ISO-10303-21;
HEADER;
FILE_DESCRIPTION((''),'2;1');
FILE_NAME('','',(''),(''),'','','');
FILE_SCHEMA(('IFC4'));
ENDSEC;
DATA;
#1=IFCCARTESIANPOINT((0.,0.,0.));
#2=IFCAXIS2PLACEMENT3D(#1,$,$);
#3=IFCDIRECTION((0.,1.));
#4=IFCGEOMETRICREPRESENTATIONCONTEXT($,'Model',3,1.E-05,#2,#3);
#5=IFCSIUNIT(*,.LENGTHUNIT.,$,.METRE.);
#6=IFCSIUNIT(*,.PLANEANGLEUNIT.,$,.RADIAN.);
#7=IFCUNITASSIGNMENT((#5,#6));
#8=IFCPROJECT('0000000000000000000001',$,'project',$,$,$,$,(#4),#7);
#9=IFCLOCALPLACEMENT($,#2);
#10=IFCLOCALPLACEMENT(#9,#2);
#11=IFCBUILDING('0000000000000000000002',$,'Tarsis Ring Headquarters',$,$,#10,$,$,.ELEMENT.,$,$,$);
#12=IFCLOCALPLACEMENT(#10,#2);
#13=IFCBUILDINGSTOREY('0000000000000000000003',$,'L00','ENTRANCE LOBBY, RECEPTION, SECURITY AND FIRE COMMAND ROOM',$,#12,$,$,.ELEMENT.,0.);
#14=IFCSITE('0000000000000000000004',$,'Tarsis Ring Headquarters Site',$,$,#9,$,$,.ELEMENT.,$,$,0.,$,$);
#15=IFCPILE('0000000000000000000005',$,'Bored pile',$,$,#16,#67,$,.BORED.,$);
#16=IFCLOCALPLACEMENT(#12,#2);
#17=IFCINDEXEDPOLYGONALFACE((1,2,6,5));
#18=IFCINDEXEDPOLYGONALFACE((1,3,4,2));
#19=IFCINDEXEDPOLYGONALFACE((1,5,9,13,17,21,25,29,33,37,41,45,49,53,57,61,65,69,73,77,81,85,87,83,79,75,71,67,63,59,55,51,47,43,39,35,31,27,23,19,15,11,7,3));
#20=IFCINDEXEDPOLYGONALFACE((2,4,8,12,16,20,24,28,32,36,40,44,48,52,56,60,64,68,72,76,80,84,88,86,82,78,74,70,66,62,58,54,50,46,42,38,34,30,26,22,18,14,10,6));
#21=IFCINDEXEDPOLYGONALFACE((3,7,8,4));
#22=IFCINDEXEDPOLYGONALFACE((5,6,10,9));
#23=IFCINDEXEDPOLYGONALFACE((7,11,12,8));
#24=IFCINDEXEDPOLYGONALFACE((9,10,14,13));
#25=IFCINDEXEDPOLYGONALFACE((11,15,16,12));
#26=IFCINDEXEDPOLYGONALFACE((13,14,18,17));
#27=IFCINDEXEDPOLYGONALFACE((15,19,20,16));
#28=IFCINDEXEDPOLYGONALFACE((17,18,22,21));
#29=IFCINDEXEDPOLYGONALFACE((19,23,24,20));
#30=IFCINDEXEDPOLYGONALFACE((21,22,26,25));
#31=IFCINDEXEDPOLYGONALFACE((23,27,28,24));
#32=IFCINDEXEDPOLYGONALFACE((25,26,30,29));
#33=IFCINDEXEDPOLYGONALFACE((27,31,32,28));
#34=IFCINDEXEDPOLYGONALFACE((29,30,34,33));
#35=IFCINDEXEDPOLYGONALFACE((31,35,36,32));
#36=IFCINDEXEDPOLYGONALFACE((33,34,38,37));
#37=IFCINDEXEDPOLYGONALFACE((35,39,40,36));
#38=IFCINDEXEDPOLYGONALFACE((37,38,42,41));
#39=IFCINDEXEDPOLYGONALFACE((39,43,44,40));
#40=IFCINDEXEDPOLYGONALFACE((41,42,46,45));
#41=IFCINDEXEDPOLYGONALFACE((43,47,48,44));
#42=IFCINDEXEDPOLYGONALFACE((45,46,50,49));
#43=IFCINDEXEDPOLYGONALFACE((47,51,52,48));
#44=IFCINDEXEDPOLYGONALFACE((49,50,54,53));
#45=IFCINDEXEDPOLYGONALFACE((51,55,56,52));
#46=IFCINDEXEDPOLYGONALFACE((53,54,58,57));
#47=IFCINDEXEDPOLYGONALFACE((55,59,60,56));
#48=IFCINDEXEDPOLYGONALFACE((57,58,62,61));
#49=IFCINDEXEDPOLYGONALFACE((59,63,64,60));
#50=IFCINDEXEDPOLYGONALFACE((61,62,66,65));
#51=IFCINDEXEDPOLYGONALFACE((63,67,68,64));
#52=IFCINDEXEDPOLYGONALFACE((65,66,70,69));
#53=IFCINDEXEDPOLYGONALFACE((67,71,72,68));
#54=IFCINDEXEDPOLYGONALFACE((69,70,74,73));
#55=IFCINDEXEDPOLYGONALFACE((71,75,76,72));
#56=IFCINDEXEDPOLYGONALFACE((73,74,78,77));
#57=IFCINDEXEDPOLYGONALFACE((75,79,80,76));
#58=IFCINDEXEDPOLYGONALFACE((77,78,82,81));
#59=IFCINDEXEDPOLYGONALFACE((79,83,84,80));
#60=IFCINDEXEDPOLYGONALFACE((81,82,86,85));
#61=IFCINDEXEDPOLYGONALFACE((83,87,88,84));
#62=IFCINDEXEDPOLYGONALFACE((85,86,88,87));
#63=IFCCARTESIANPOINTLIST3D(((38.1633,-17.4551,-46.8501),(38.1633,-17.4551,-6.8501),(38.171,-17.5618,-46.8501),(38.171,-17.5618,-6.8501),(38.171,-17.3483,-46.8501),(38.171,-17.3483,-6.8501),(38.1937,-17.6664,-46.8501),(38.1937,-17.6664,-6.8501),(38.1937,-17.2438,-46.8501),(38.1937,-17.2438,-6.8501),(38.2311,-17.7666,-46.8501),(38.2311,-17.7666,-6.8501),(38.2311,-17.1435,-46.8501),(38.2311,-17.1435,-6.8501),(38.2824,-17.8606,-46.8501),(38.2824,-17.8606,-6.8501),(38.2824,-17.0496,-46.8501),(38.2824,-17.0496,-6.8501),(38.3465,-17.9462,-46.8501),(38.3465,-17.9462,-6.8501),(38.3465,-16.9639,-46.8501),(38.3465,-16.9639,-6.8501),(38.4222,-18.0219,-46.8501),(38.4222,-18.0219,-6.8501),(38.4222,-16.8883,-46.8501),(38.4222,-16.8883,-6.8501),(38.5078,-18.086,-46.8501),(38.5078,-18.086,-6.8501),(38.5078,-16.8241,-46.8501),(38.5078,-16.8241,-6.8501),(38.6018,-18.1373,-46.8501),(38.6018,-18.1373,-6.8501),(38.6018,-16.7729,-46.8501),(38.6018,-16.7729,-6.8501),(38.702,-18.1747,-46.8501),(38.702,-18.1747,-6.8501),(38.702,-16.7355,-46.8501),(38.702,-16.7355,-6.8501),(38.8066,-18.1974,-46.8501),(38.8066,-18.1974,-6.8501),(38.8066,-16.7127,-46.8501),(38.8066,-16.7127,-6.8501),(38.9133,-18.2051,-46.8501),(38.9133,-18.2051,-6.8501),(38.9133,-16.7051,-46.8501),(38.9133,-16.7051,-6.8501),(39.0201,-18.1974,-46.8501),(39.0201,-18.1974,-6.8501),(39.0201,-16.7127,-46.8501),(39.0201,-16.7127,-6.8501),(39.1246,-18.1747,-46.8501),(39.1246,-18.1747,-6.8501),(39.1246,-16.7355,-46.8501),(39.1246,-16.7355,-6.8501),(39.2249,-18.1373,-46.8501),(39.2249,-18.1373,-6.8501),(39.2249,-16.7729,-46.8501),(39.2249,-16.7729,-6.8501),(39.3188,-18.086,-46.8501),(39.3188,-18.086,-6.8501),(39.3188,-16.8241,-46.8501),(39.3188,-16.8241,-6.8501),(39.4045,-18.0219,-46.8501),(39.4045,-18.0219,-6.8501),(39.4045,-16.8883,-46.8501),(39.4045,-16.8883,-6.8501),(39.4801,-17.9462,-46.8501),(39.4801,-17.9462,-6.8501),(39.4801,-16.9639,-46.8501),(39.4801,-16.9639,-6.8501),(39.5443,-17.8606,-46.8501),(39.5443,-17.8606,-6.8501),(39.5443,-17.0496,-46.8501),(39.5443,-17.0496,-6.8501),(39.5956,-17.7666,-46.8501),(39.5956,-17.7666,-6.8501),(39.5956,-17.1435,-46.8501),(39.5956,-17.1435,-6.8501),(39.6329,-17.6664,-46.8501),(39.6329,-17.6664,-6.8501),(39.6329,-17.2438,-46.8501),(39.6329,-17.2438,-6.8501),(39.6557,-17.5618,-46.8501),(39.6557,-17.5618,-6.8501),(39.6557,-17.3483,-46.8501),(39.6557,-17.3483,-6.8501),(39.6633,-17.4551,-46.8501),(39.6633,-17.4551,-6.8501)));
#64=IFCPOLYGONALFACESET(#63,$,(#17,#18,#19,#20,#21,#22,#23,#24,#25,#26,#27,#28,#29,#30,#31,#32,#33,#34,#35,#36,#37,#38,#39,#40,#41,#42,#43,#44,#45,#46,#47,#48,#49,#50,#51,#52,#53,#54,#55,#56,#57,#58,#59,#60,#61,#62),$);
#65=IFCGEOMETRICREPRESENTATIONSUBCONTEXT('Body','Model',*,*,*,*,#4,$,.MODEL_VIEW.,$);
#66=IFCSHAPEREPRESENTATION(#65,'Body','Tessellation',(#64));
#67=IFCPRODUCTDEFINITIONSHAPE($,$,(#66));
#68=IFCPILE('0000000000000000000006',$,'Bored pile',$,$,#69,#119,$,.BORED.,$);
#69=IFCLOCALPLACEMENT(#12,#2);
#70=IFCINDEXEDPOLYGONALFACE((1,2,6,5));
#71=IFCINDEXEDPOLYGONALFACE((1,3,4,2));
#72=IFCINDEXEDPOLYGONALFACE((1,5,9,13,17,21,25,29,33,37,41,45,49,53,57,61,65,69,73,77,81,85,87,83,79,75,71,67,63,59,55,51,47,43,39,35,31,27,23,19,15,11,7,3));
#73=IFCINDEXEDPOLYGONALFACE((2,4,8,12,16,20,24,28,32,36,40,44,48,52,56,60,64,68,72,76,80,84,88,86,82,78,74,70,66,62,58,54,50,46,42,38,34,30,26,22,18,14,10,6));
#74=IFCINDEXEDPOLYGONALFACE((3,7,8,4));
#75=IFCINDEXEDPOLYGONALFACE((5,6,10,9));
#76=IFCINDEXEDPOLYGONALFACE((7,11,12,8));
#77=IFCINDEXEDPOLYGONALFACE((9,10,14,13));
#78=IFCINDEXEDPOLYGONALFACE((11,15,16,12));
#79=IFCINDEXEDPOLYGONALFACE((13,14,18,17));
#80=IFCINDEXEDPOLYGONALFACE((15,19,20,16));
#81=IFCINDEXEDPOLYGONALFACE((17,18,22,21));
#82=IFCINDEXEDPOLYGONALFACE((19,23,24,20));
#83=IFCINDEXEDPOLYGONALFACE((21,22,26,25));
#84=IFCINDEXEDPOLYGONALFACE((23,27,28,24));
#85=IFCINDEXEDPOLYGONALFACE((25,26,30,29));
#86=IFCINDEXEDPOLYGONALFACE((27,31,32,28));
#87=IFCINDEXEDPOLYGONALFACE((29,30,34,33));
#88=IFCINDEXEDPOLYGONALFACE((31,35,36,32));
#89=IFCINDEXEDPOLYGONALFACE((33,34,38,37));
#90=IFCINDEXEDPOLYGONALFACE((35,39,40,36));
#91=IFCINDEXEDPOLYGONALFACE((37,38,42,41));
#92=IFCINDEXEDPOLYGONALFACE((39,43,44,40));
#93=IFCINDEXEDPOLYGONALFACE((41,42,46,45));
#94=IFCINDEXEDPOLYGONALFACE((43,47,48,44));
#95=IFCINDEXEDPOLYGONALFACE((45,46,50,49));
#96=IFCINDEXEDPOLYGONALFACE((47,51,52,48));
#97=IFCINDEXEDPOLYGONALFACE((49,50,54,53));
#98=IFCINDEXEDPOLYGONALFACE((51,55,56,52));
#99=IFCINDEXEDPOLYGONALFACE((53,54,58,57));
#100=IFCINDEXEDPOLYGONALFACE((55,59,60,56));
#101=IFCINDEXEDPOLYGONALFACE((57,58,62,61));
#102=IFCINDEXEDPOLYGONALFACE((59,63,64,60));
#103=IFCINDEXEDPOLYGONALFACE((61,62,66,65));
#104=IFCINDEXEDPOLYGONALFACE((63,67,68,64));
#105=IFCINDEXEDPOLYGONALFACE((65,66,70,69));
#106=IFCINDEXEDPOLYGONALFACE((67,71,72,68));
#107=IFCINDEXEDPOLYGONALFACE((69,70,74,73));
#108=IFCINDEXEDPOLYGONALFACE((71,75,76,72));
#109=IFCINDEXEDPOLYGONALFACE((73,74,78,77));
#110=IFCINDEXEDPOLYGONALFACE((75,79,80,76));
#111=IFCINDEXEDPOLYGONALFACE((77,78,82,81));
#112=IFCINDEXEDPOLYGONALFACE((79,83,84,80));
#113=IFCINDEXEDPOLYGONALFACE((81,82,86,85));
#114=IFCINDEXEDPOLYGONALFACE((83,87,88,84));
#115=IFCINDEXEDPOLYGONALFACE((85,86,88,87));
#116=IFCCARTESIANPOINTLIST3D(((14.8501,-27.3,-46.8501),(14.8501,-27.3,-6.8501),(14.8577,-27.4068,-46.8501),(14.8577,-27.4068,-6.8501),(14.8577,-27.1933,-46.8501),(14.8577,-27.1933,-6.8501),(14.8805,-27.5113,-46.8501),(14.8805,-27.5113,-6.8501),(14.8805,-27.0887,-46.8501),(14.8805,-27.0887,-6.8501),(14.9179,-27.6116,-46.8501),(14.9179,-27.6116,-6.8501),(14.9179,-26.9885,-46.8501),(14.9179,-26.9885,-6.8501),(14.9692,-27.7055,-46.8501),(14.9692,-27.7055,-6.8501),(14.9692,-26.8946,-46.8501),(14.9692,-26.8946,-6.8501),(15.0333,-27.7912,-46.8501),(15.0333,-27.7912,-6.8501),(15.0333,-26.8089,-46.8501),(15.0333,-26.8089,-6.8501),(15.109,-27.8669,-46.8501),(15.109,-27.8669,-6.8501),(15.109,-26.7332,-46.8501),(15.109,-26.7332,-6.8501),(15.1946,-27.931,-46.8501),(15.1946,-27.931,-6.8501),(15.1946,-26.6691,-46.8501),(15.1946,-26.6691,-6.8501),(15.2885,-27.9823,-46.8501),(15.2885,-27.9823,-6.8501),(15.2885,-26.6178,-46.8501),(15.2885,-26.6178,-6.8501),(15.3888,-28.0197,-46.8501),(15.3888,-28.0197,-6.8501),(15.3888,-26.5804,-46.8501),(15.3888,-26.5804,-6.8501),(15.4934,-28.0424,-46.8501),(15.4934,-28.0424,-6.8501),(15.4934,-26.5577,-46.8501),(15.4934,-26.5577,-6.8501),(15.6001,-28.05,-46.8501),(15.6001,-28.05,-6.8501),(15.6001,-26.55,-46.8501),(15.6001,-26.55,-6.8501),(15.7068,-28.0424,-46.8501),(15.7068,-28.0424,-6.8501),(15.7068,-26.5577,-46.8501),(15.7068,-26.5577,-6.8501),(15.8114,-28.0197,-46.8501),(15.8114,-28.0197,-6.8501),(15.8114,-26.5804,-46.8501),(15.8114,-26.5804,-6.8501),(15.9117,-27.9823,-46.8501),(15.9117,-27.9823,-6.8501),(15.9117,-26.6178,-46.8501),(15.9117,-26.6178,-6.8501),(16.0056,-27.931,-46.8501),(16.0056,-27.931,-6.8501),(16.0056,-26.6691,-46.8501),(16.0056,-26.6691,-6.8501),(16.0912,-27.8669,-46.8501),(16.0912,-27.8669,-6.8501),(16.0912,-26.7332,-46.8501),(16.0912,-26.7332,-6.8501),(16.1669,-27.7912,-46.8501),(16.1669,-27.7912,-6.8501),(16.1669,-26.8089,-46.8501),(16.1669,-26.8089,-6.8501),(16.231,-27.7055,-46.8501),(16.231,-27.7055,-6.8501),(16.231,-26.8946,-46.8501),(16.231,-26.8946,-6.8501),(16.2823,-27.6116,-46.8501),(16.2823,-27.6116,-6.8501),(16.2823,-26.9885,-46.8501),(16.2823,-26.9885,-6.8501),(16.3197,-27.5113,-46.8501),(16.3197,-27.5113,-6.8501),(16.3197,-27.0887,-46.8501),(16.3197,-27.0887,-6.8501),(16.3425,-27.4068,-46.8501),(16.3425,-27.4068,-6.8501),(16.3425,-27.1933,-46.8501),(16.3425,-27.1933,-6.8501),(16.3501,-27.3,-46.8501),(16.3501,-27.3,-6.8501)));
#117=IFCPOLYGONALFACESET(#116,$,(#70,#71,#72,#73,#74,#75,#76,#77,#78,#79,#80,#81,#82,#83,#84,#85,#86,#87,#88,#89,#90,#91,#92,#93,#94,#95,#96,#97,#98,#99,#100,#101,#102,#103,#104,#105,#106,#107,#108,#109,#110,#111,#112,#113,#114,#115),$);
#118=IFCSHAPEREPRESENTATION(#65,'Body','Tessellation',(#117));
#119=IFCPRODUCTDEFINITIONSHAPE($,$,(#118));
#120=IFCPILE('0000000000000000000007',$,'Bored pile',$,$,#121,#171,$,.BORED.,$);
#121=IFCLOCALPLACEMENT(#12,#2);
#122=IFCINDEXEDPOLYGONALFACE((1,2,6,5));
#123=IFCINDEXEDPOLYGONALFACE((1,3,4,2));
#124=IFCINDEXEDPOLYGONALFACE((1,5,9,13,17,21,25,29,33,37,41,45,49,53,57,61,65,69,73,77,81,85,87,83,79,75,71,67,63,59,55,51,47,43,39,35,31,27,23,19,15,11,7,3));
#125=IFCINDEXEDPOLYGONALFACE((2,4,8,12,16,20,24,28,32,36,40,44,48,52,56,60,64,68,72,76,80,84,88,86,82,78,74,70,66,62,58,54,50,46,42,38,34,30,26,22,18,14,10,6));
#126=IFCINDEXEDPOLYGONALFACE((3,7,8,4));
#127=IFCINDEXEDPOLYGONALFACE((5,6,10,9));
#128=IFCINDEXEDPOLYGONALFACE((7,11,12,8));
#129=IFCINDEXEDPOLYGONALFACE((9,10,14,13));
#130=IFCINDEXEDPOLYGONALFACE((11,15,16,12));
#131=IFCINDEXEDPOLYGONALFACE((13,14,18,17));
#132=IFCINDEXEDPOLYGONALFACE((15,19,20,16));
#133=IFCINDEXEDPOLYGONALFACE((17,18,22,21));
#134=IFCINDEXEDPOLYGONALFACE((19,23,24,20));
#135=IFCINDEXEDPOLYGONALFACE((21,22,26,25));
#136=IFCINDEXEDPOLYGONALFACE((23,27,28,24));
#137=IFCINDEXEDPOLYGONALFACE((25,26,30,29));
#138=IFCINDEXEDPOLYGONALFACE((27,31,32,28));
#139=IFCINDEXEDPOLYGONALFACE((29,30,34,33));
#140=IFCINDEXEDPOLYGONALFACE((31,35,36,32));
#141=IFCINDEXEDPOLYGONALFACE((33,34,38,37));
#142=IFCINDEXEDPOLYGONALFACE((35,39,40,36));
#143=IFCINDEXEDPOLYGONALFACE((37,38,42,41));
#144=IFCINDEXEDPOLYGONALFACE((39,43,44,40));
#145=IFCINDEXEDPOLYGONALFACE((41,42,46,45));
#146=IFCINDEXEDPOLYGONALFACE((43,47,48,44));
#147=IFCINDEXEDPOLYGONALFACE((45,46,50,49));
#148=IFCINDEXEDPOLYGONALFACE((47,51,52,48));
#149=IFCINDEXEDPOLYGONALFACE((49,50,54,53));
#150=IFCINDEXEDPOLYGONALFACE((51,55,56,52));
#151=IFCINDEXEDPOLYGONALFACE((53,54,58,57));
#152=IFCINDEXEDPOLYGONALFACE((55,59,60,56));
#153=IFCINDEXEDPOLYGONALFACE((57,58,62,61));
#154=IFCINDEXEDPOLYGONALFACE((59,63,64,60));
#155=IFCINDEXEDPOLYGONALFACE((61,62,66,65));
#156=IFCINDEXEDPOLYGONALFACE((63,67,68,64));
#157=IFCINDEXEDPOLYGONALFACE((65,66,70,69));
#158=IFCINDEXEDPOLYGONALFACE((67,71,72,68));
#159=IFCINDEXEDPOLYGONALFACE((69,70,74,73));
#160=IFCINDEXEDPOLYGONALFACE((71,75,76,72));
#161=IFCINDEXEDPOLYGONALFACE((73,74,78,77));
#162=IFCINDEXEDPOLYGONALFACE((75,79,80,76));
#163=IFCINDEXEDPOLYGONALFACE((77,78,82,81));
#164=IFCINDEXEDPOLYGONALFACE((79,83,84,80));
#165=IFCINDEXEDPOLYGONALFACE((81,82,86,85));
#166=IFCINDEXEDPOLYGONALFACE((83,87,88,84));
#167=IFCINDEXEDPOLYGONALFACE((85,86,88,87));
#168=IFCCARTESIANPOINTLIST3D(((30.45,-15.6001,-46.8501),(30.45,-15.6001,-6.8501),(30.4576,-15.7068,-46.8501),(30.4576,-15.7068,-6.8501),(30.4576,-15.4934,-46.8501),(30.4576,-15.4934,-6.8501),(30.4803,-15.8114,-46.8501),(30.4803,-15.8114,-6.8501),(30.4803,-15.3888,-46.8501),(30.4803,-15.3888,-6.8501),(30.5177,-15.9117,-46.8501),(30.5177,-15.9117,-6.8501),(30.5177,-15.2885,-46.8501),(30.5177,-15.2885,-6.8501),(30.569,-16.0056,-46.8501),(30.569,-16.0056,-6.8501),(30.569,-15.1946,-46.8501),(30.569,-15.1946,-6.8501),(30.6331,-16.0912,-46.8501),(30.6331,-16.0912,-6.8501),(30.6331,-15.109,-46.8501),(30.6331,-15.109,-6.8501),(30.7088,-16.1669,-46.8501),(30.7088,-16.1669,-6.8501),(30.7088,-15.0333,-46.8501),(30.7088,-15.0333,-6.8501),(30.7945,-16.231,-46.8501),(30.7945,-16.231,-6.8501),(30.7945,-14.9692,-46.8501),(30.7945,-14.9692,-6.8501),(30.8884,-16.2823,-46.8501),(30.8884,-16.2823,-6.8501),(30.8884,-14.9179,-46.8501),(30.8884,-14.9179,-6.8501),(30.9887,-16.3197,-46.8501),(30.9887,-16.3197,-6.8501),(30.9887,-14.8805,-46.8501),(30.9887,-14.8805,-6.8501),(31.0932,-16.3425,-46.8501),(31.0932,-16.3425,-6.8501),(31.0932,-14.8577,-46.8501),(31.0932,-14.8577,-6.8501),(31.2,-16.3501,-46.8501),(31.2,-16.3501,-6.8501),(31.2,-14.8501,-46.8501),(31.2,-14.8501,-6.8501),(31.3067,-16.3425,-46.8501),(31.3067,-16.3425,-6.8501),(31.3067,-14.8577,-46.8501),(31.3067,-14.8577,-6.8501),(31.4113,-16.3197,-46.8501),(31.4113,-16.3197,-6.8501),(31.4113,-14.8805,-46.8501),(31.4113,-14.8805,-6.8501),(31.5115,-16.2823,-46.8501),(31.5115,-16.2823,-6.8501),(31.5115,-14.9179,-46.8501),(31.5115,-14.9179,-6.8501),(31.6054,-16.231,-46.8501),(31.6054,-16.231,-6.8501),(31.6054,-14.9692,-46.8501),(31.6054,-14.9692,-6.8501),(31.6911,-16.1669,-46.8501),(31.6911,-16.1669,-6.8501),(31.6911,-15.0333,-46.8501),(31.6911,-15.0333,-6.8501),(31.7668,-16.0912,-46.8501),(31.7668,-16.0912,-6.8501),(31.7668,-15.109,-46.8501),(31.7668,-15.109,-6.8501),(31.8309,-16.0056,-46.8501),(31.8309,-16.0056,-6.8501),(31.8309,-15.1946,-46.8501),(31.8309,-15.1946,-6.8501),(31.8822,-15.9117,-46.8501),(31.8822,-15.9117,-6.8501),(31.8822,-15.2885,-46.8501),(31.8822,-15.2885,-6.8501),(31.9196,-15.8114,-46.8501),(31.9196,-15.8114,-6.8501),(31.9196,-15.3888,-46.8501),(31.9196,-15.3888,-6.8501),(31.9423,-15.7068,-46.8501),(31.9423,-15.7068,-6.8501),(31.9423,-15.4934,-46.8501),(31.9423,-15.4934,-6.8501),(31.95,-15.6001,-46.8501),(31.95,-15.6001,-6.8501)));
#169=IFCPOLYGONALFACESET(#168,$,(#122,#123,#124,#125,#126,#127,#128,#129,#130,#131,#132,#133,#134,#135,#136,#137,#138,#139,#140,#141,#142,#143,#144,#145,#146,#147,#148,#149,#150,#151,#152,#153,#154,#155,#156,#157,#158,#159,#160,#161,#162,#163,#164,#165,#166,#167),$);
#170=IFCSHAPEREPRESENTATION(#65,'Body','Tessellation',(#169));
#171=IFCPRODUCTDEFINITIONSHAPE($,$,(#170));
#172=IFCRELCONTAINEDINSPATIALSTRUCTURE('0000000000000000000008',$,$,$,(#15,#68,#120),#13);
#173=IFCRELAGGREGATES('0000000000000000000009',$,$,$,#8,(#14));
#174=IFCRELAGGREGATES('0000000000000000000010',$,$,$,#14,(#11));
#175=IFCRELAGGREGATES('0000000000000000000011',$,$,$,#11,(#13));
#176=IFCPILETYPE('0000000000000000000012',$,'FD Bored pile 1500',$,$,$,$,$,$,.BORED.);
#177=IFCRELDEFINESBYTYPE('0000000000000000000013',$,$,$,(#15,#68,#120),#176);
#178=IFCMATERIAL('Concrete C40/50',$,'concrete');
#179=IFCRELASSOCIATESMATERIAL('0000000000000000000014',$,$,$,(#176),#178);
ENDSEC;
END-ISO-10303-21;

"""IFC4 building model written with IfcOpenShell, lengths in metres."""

from ifc_helpers import new_model, si_unit, direction, frame, origin, origin_2d, place, context, subcontext, project, spatial, circle, extrude, material, material_profile, profile_set, type_object, element, save


model = new_model("IFC4")

# Units and contexts
model_context = context("Model", 3, precision=1e-05, world=origin(), true_north=direction((0.0, 1.0)))
body_context = subcontext(model_context, "Body", "Model", "MODEL_VIEW")
ifc_project = project(units=[si_unit("LENGTHUNIT", "METRE"), si_unit("PLANEANGLEUNIT", "RADIAN")], contexts=[model_context])

# Site, building, storey
site_placement = place(None, origin())
site = spatial("IfcSite", under=ifc_project, at=site_placement, Name="Tarsis Ring Headquarters Site", CompositionType="ELEMENT", RefElevation=0.0)
building_placement = place(site_placement, origin())
building = spatial("IfcBuilding", under=site, at=building_placement, Name="Tarsis Ring Headquarters", CompositionType="ELEMENT")
storey_placement = place(building_placement, origin())
storey = spatial("IfcBuildingStorey", under=building, at=storey_placement, Name="L00", Description="ENTRANCE LOBBY, RECEPTION, SECURITY AND FIRE COMMAND ROOM", CompositionType="ELEMENT", Elevation=0.0)

# Piles
ifc_material_1 = material(Name="Concrete C40/50", Category="concrete")
ifc_material_profile_1 = material_profile(ifc_material_1, circle(Radius=0.75, at=origin_2d()), Name="BORED 1500")
ifc_profile_set_1 = profile_set([ifc_material_profile_1], Name="Concrete C40/50")
pile_type_1 = type_object("IfcPileType", Name="FD Bored pile 1500", PredefinedType="BORED", material=ifc_profile_set_1)
for number, where, z_axis, x_axis, name in (
    (1, (38.9133, -17.4551, -6.8501), (0.0, 0.0, -1.0), (1.0, 0.0, 0.0), "Bored pile"),
    (2, (15.6001, -27.3, -6.8501), (0.0, 0.0, -1.0), (1.0, 0.0, 0.0), "Bored pile"),
    (3, (31.2, -15.6001, -6.8501), (0.0, 0.0, -1.0), (1.0, 0.0, 0.0), "Bored pile"),
):
    element("IfcPile", number, at=place(storey_placement, frame(where, z_axis=z_axis, x_axis=x_axis)), inside=storey, type_object=pile_type_1, Name=name, PredefinedType="BORED", context=body_context, shape_type="SweptSolid", body=[
        extrude(circle(Radius=0.75, at=origin_2d()), origin(), (0.0, 0.0, 1.0), 40.0),
    ])

save(model, "model.ifc")
